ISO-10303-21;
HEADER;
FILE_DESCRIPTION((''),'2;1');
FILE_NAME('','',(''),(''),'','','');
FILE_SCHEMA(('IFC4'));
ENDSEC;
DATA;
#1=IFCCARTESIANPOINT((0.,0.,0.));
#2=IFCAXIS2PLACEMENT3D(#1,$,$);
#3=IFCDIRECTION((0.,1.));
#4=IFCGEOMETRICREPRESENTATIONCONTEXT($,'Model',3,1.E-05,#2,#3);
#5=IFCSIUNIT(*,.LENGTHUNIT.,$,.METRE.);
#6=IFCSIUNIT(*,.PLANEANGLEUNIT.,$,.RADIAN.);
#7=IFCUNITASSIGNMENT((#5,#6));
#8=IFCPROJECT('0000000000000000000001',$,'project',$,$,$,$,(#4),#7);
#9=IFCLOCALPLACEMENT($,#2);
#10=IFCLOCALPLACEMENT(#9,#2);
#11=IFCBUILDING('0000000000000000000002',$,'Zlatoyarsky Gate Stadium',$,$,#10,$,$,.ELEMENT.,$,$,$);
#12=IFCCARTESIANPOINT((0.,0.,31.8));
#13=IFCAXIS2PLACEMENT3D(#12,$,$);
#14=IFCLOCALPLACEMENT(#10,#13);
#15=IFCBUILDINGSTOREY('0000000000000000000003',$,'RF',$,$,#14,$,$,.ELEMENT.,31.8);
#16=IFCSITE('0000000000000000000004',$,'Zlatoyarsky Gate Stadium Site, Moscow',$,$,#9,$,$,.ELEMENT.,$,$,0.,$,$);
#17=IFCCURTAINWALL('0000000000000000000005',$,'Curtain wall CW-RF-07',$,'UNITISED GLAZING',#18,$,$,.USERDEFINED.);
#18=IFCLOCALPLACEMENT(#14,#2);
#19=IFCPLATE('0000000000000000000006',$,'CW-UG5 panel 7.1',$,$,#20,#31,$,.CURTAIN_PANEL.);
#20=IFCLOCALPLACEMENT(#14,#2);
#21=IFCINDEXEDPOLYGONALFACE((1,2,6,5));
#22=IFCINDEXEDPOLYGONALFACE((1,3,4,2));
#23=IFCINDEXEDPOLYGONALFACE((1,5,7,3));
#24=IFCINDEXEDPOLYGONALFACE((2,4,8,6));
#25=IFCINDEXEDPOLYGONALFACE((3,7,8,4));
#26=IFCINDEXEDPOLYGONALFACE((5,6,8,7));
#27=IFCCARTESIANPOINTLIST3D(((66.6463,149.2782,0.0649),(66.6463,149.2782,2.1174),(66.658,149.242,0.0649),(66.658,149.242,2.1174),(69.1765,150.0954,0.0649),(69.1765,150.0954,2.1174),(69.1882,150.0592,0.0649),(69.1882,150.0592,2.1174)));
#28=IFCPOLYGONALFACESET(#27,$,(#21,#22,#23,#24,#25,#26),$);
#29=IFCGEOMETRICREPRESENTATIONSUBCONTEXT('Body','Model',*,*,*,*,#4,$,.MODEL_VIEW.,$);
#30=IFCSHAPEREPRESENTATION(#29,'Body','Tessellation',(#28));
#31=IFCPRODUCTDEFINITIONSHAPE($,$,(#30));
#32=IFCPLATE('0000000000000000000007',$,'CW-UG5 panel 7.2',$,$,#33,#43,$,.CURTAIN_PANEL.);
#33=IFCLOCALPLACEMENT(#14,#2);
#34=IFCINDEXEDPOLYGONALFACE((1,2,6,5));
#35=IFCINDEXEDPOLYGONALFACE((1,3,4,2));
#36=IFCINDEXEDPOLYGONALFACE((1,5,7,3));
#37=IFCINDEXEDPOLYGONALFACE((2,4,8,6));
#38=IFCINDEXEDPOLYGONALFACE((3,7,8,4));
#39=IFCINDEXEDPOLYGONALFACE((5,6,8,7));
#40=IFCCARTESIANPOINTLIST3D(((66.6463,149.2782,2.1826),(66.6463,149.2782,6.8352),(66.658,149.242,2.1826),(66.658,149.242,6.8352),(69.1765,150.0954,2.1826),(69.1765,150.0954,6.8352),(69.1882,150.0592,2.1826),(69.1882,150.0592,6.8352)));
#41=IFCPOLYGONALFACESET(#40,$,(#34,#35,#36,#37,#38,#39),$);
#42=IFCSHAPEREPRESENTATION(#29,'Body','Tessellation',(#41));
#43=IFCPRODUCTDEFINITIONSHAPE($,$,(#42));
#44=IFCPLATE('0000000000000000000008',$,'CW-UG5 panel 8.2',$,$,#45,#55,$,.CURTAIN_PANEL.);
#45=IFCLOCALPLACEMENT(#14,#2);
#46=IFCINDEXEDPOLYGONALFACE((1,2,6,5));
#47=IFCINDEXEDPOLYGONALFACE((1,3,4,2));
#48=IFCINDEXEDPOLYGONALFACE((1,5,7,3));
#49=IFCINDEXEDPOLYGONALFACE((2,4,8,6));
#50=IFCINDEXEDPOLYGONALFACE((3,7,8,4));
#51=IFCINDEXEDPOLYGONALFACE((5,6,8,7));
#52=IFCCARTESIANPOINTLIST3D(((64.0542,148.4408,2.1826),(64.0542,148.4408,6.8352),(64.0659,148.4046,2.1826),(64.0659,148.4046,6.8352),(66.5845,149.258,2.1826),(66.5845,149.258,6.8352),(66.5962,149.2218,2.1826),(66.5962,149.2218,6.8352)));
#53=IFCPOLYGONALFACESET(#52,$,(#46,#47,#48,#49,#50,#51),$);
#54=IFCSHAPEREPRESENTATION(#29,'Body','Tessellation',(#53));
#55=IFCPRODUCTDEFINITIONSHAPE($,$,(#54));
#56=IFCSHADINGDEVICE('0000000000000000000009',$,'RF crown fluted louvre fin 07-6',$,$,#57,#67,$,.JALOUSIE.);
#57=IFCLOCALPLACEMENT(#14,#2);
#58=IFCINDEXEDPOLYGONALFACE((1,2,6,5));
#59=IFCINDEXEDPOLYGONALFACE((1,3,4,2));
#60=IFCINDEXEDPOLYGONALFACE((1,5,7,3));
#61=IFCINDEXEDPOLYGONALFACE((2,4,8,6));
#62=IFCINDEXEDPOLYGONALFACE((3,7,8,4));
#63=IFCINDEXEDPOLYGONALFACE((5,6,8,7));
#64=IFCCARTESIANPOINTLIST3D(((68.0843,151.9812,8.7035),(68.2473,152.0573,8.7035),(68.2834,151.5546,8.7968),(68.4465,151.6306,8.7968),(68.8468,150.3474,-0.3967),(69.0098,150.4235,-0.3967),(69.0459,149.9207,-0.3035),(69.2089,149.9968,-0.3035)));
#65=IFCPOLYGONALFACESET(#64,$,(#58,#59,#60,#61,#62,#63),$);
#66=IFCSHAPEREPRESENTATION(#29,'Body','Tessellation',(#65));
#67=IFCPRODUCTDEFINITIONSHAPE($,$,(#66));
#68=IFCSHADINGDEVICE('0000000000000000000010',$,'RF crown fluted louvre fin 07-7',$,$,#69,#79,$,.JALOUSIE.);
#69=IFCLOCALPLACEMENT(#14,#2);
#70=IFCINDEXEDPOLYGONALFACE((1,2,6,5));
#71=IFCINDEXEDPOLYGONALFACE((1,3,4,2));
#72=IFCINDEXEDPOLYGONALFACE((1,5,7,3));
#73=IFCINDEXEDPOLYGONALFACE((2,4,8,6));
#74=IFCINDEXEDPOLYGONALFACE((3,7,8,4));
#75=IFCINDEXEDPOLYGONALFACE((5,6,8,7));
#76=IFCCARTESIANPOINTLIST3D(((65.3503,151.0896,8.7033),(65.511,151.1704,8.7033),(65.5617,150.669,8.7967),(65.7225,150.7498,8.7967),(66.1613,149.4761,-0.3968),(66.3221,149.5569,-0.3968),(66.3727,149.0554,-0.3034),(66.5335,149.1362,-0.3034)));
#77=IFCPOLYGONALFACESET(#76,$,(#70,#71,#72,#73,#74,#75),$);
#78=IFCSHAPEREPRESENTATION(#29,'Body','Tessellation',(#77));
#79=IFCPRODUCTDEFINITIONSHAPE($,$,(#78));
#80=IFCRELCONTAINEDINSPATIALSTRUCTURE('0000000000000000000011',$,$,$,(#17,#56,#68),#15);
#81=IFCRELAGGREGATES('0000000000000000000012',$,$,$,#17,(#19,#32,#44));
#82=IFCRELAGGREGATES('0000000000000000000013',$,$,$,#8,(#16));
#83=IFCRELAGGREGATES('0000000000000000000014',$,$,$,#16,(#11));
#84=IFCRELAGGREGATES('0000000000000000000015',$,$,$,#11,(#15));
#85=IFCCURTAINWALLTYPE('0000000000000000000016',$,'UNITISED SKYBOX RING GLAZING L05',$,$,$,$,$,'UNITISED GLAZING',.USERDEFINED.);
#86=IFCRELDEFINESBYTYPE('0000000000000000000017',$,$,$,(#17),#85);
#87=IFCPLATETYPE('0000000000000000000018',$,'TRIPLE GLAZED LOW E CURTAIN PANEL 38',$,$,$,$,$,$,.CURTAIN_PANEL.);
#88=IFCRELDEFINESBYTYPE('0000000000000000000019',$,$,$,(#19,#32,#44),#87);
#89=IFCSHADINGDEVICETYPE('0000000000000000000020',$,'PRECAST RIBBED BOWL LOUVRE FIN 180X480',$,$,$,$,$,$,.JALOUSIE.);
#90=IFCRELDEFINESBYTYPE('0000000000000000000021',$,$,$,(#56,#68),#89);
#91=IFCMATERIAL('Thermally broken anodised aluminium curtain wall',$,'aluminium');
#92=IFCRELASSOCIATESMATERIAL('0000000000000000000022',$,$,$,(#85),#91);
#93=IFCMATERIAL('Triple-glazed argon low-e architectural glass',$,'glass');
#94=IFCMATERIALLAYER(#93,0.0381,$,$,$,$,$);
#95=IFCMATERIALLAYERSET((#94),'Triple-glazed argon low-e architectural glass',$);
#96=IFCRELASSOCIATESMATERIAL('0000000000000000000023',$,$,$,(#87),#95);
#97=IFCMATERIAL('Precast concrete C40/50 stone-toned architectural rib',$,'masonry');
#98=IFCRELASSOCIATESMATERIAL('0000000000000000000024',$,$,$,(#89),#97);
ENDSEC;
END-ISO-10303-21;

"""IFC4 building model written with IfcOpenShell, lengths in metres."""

from ifc_helpers import new_model, si_unit, direction, frame, origin, origin_2d, place, context, subcontext, project, spatial, rectangle, extrude, material, layer, layer_set, material_profile, profile_set, type_object, element, aggregate, save


model = new_model("IFC4")

# Units and contexts
model_context = context("Model", 3, precision=1e-05, world=origin(), true_north=direction((0.0, 1.0)))
body_context = subcontext(model_context, "Body", "Model", "MODEL_VIEW")
ifc_project = project(units=[si_unit("LENGTHUNIT", "METRE"), si_unit("PLANEANGLEUNIT", "RADIAN")], contexts=[model_context])

# Site, building, storey
site_placement = place(None, origin())
site = spatial("IfcSite", under=ifc_project, at=site_placement, Name="Zlatoyarsky Gate Stadium Site, Moscow", CompositionType="ELEMENT", RefElevation=0.0)
building_placement = place(site_placement, origin())
building = spatial("IfcBuilding", under=site, at=building_placement, Name="Zlatoyarsky Gate Stadium", CompositionType="ELEMENT")
storey_placement = place(building_placement, frame((0.0, 0.0, 31.8)))
storey = spatial("IfcBuildingStorey", under=building, at=storey_placement, Name="RF", CompositionType="ELEMENT", Elevation=31.8)

# Curtain wall
ifc_material_1 = material(Name="Thermally broken anodised aluminium curtain wall", Category="aluminium")
curtain_wall_type = type_object("IfcCurtainWallType", Name="UNITISED SKYBOX RING GLAZING L05", ElementType="UNITISED GLAZING", PredefinedType="USERDEFINED", material=ifc_material_1)
curtain_wall_placement = place(storey_placement, origin())
curtain_wall = element("IfcCurtainWall", 1, at=curtain_wall_placement, inside=storey, type_object=curtain_wall_type, Name="Curtain wall CW-RF-07", ObjectType="UNITISED GLAZING", PredefinedType="USERDEFINED")

# Plates
ifc_material_2 = material(Name="Triple-glazed argon low-e architectural glass", Category="glass")
ifc_layer_1 = layer(ifc_material_2, 0.0381)
ifc_layer_set_1 = layer_set([ifc_layer_1], Name="Triple-glazed argon low-e architectural glass")
plate_type_1 = type_object("IfcPlateType", Name="TRIPLE GLAZED LOW E CURTAIN PANEL 38", PredefinedType="CURTAIN_PANEL", material=ifc_layer_set_1)
plate_1_placement = place(storey_placement, frame((67.9172, 149.6687, 0.0649), z_axis=(0.0, 0.0, 1.0), x_axis=(-0.951596, -0.307352, 0.0)))
plate_1 = element("IfcPlate", 2, at=plate_1_placement, type_object=plate_type_1, Name="CW-UG5 panel 7.1", PredefinedType="CURTAIN_PANEL", context=body_context, shape_type="SweptSolid", body=[
    extrude(rectangle(XDim=2.6589, YDim=0.0381, at=origin_2d()), origin(), (0.0, 0.0, 1.0), 2.0525),
])
plate_2_placement = place(storey_placement, frame((67.9172, 149.6687, 2.1826), z_axis=(0.0, 0.0, 1.0), x_axis=(-0.951596, -0.307352, 0.0)))
plate_2 = element("IfcPlate", 3, at=plate_2_placement, type_object=plate_type_1, Name="CW-UG5 panel 7.2", PredefinedType="CURTAIN_PANEL", context=body_context, shape_type="SweptSolid", body=[
    extrude(rectangle(XDim=2.6589, YDim=0.0381, at=origin_2d()), origin(), (0.0, 0.0, 1.0), 4.6526),
])
plate_3_placement = place(storey_placement, frame((65.3252, 148.8313, 2.1826), z_axis=(0.0, 0.0, 1.0), x_axis=(-0.951596, -0.307352, 0.0)))
plate_3 = element("IfcPlate", 4, at=plate_3_placement, type_object=plate_type_1, Name="CW-UG5 panel 8.2", PredefinedType="CURTAIN_PANEL", context=body_context, shape_type="SweptSolid", body=[
    extrude(rectangle(XDim=2.6589, YDim=0.0381, at=origin_2d()), origin(), (0.0, 0.0, 1.0), 4.6526),
])
aggregate(curtain_wall, [plate_1, plate_2, plate_3])

# Shading devices
ifc_material_3 = material(Name="Precast concrete C40/50 stone-toned architectural rib", Category="masonry")
ifc_material_profile_1 = material_profile(ifc_material_3, rectangle(XDim=0.1799, YDim=0.48, at=origin_2d()), Name="RIB 180X480")
ifc_profile_set_1 = profile_set([ifc_material_profile_1], Name="Precast concrete C40/50 stone-toned architectural rib")
shading_device_type = type_object("IfcShadingDeviceType", Name="PRECAST RIBBED BOWL LOUVRE FIN 180X480", PredefinedType="JALOUSIE", material=ifc_profile_set_1)
shading_device_1_placement = place(storey_placement, frame((69.0278, 150.1721, -0.3501), z_axis=(-0.082187, 0.176112, 0.980933), x_axis=(-0.90618, -0.422893, 0.0)))
element("IfcShadingDevice", 5, at=shading_device_1_placement, inside=storey, type_object=shading_device_type, Name="RF crown fluted louvre fin 07-6", PredefinedType="JALOUSIE", context=body_context, shape_type="SweptSolid", body=[
    extrude(rectangle(XDim=0.1799, YDim=0.48, at=origin_2d()), origin(), (0.0, 0.0, 1.0), 9.2771),
])
shading_device_2_placement = place(storey_placement, frame((66.3474, 149.3062, -0.3501), z_axis=(-0.087419, 0.173917, 0.980872), x_axis=(-0.893479, -0.449105, 0.0)))
element("IfcShadingDevice", 6, at=shading_device_2_placement, inside=storey, type_object=shading_device_type, Name="RF crown fluted louvre fin 07-7", PredefinedType="JALOUSIE", context=body_context, shape_type="SweptSolid", body=[
    extrude(rectangle(XDim=0.1799, YDim=0.48, at=origin_2d()), origin(), (0.0, 0.0, 1.0), 9.2776),
])

save(model, "model.ifc")
